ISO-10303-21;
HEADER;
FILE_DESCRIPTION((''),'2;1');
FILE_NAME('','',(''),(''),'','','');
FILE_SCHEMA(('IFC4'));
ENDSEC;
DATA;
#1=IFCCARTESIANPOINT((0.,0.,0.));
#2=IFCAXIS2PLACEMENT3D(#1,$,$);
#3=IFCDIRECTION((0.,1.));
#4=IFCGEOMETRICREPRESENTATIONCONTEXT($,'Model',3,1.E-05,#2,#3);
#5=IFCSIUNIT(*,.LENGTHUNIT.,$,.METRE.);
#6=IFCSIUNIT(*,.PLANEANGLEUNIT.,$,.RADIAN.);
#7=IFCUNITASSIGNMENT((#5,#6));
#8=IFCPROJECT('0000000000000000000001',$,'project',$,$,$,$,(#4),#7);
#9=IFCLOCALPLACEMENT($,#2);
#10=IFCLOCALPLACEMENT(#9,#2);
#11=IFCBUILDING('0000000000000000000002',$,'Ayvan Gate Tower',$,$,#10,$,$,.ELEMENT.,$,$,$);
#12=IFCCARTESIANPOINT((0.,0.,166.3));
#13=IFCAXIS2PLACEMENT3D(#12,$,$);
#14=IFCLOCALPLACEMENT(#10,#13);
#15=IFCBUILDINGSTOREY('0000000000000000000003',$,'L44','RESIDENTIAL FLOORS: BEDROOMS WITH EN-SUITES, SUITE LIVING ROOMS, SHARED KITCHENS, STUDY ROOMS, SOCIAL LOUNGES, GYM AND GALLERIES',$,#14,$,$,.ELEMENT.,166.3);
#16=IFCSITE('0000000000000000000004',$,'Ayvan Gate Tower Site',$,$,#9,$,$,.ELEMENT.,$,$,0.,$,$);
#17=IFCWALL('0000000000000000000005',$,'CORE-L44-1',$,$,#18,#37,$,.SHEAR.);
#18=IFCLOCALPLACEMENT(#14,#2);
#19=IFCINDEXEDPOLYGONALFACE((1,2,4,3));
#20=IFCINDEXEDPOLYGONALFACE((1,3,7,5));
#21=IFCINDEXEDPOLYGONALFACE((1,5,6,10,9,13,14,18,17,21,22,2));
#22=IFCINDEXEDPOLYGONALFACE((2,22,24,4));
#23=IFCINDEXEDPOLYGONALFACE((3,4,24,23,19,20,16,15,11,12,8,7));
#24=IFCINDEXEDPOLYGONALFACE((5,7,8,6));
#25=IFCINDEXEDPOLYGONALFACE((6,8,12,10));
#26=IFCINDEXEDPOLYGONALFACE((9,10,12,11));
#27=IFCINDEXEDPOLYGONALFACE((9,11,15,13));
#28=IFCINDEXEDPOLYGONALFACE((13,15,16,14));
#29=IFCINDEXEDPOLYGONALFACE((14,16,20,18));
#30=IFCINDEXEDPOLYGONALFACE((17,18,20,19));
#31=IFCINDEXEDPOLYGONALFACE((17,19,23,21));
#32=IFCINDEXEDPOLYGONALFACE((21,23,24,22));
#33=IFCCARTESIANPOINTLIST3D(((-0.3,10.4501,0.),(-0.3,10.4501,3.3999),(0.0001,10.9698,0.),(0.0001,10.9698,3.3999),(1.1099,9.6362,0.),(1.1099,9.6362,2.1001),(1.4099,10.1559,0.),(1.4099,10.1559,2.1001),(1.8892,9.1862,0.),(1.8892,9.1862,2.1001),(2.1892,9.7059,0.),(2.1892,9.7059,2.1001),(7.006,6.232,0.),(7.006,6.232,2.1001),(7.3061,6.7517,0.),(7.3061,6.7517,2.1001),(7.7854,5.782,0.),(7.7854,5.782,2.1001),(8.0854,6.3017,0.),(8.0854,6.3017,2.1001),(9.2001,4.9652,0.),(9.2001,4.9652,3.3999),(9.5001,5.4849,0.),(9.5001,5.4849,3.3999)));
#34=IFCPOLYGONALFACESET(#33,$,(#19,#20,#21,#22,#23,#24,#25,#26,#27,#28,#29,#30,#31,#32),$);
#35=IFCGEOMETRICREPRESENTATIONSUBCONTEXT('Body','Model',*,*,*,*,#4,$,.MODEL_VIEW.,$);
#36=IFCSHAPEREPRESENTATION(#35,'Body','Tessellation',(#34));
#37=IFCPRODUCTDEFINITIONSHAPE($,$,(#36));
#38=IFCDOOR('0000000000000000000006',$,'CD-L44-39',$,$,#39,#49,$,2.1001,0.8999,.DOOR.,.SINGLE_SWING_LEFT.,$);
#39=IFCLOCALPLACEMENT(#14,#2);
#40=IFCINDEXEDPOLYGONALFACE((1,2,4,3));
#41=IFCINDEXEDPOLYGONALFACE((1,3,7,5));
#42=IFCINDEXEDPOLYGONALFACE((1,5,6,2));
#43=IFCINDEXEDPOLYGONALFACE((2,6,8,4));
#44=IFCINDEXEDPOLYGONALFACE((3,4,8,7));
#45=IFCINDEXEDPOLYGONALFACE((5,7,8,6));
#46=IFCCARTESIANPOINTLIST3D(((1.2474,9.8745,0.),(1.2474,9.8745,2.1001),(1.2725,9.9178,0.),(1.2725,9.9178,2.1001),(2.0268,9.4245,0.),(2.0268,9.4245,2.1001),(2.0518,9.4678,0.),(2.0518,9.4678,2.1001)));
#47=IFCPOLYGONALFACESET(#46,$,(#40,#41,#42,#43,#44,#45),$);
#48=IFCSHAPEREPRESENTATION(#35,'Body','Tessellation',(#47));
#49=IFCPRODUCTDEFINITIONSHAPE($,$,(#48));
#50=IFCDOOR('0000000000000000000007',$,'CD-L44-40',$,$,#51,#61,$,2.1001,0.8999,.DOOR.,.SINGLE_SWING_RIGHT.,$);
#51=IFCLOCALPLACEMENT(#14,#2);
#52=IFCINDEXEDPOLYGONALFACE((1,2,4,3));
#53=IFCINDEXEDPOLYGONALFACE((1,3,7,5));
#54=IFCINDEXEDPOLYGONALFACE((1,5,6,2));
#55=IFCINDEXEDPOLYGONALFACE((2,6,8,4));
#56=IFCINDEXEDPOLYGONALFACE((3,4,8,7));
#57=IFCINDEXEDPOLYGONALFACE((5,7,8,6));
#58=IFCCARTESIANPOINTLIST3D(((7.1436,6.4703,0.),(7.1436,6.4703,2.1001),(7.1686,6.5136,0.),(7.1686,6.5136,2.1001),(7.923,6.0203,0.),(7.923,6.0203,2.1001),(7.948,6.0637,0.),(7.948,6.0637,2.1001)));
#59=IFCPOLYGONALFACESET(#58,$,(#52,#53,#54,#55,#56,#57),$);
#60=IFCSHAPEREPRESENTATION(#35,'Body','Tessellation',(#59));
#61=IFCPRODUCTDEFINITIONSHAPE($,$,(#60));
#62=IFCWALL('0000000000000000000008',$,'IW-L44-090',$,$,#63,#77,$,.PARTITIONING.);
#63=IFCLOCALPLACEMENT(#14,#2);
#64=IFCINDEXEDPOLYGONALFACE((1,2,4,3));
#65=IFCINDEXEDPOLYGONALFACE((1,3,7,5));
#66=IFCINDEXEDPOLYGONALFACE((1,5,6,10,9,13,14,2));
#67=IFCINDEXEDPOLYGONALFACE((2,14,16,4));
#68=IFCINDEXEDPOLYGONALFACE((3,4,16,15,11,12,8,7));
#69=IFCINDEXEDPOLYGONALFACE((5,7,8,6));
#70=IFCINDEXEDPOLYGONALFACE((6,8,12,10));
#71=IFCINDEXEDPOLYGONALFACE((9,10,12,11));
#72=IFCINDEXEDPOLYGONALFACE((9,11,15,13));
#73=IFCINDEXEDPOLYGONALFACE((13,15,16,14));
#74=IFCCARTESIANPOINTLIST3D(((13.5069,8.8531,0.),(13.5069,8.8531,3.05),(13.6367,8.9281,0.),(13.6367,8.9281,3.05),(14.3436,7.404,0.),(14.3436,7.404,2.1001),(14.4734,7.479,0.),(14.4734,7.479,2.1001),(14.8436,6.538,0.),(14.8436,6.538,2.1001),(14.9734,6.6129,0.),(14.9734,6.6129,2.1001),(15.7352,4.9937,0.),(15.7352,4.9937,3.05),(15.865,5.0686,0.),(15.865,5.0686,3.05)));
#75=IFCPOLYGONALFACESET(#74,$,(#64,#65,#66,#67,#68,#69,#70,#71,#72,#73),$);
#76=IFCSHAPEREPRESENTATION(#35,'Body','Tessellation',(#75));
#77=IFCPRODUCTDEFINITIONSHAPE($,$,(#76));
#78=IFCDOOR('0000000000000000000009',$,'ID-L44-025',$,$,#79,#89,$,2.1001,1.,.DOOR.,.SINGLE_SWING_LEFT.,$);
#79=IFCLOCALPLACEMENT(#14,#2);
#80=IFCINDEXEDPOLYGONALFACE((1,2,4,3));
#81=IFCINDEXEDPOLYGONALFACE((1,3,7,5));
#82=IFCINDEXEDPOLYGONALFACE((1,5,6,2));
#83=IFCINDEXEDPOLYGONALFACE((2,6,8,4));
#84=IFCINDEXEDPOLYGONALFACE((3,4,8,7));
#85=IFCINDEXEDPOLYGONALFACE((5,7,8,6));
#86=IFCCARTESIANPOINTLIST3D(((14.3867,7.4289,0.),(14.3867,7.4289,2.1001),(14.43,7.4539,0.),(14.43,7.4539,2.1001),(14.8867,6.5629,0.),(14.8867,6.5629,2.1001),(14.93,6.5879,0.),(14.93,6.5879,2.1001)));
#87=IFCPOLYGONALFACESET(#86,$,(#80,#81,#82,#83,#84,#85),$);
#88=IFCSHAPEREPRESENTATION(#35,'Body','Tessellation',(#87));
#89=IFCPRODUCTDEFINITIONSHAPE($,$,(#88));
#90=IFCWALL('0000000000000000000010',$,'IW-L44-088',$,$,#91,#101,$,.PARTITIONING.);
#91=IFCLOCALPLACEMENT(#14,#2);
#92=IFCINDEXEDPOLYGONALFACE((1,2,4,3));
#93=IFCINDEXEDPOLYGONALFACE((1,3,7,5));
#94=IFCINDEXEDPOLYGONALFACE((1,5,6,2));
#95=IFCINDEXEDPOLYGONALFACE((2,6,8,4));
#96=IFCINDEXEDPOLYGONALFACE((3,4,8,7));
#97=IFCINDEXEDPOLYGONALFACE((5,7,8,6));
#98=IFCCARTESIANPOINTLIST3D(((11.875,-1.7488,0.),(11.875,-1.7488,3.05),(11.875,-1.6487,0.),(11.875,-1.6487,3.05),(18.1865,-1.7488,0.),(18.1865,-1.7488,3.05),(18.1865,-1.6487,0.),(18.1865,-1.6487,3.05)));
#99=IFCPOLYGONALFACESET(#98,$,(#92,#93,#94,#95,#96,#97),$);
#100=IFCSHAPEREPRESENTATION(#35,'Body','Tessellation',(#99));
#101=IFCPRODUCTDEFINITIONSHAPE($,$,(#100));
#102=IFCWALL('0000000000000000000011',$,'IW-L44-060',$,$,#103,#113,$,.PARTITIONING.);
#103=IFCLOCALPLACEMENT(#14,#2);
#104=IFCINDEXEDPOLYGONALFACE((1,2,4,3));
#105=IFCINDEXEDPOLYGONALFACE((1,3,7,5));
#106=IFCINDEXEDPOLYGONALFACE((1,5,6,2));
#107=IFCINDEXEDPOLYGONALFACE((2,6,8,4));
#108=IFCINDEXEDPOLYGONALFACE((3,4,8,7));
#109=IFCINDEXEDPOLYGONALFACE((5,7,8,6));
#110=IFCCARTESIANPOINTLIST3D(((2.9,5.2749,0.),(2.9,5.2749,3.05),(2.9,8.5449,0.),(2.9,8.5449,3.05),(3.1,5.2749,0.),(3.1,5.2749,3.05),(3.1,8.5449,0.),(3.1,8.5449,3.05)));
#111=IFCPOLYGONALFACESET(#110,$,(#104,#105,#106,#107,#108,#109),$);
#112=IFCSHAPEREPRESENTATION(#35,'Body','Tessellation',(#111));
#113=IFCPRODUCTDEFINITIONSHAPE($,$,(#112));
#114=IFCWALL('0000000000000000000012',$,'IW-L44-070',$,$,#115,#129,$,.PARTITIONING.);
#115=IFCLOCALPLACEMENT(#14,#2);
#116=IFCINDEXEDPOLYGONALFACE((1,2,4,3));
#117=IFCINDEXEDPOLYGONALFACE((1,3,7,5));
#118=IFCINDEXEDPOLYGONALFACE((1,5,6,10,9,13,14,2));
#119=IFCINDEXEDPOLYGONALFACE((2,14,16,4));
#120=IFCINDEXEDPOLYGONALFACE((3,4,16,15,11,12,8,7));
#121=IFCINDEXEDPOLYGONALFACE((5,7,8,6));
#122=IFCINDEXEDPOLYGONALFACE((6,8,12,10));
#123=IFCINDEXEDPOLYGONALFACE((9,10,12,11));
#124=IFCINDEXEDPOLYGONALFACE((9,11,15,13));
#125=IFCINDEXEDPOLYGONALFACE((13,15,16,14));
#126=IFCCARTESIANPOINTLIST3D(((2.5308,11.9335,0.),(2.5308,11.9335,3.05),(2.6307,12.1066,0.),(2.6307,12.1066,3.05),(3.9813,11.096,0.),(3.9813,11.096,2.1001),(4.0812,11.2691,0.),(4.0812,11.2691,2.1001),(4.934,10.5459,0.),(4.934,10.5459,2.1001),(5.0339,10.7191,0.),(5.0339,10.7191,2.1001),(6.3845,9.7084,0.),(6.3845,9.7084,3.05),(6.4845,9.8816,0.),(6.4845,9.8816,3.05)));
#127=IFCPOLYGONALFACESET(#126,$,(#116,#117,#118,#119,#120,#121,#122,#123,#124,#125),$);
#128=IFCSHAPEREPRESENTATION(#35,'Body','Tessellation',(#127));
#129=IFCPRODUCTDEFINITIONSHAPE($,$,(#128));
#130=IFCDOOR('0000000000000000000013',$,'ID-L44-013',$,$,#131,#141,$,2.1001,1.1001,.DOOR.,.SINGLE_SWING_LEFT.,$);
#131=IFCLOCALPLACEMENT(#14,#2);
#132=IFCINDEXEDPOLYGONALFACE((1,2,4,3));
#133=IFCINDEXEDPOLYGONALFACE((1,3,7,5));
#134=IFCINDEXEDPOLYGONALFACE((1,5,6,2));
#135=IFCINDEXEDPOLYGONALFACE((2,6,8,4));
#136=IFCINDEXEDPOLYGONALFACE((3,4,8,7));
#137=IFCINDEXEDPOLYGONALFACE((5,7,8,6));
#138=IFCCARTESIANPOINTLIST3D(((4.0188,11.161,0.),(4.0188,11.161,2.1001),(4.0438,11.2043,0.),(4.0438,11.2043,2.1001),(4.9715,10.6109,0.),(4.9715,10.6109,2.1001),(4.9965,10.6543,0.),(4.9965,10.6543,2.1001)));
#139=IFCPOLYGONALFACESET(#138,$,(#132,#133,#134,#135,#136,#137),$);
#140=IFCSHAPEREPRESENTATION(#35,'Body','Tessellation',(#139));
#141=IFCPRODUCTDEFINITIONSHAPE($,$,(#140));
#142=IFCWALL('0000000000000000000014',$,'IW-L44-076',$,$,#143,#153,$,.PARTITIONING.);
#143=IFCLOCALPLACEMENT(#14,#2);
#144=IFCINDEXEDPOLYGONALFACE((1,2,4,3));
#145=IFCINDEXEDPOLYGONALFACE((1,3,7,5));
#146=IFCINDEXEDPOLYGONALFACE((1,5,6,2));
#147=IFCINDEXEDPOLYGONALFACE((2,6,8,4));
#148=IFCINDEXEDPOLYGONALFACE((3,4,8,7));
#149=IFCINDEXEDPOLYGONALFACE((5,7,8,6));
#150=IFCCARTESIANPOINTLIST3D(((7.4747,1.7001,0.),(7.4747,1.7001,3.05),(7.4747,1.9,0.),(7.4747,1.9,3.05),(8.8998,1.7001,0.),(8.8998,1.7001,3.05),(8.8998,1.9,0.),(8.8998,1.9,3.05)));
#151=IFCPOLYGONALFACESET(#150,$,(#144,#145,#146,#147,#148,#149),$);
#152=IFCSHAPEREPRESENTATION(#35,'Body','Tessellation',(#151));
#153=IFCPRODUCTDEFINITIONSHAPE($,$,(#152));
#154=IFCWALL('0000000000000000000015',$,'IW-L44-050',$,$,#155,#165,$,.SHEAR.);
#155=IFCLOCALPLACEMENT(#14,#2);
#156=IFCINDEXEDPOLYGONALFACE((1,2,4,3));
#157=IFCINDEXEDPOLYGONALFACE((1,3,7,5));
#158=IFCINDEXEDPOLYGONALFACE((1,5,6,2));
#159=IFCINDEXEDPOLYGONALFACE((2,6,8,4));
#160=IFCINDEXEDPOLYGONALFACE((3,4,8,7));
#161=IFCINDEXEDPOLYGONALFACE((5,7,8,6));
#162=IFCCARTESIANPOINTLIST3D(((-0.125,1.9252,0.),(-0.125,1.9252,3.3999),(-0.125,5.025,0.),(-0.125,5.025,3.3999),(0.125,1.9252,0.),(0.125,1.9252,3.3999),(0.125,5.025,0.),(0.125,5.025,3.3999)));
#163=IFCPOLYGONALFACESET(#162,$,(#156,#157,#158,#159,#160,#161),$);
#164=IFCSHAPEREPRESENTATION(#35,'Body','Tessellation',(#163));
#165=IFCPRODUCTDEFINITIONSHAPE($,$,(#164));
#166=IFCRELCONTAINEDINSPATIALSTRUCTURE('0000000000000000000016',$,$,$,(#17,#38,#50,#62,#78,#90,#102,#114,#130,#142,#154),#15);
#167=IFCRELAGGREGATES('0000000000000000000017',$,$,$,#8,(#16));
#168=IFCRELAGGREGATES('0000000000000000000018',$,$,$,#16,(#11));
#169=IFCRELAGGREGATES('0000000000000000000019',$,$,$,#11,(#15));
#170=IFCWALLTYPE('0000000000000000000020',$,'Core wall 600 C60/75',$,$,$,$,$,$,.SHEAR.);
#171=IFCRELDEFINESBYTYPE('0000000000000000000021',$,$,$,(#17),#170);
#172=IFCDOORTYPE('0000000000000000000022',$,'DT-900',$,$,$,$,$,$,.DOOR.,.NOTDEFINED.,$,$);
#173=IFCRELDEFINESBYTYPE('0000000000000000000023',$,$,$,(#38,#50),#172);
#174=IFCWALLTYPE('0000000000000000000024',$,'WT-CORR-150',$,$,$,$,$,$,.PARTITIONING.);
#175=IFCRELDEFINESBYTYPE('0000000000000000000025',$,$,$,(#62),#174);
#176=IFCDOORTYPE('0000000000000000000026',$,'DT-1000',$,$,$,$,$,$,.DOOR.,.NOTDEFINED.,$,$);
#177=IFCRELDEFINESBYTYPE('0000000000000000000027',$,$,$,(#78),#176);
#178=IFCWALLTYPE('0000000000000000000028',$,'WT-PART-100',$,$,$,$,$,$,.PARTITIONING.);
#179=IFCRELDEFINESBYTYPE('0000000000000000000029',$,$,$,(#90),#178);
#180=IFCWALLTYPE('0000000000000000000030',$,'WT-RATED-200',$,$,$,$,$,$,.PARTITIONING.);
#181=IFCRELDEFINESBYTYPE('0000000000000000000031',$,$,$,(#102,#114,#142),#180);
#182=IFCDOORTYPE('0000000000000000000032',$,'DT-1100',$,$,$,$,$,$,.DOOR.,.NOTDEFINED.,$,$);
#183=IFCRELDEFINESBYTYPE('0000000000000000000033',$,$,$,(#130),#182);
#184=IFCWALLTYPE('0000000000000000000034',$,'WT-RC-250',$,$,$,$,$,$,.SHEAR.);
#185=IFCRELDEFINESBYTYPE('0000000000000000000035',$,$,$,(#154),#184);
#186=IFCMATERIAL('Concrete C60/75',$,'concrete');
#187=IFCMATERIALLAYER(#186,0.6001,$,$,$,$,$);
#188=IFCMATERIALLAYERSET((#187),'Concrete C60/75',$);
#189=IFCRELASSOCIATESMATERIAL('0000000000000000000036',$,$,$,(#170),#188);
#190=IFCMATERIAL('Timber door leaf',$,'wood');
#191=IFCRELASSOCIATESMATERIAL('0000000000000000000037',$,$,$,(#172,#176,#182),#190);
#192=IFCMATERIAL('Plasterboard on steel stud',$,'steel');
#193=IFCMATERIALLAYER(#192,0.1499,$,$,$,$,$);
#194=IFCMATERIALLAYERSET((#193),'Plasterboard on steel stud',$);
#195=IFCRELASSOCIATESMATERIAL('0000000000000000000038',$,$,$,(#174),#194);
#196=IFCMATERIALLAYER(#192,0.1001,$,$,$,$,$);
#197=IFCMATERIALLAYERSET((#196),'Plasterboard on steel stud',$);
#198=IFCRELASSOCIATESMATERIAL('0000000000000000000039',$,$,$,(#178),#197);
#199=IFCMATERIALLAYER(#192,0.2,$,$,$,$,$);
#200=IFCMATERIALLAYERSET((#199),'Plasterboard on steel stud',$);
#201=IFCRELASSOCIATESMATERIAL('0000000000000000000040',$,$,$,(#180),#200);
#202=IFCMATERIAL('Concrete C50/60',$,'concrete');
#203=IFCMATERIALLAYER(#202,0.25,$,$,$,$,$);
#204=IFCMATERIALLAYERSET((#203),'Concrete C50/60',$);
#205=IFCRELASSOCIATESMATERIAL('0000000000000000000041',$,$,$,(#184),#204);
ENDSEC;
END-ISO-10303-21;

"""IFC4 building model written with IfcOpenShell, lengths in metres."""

from ifc_helpers import new_model, si_unit, direction, frame, frame_2d, origin, place, context, subcontext, project, spatial, rectangle, extrude, material, layer, layer_set, type_object, element, fill, save


model = new_model("IFC4")

# Units and contexts
model_context = context("Model", 3, precision=1e-05, world=origin(), true_north=direction((0.0, 1.0)))
body_context = subcontext(model_context, "Body", "Model", "MODEL_VIEW")
ifc_project = project(units=[si_unit("LENGTHUNIT", "METRE"), si_unit("PLANEANGLEUNIT", "RADIAN")], contexts=[model_context])

# Site, building, storey
site_placement = place(None, origin())
site = spatial("IfcSite", under=ifc_project, at=site_placement, Name="Ayvan Gate Tower Site", CompositionType="ELEMENT", RefElevation=0.0)
building_placement = place(site_placement, origin())
building = spatial("IfcBuilding", under=site, at=building_placement, Name="Ayvan Gate Tower", CompositionType="ELEMENT")
storey_placement = place(building_placement, frame((0.0, 0.0, 166.3)))
storey = spatial("IfcBuildingStorey", under=building, at=storey_placement, Name="L44", Description="RESIDENTIAL FLOORS: BEDROOMS WITH EN-SUITES, SUITE LIVING ROOMS, SHARED KITCHENS, STUDY ROOMS, SOCIAL LOUNGES, GYM AND GALLERIES", CompositionType="ELEMENT", Elevation=166.3)

# Wall, openings, doors
ifc_material_1 = material(Name="Concrete C60/75", Category="concrete")
ifc_layer_1 = layer(ifc_material_1, 0.6001)
ifc_layer_set_1 = layer_set([ifc_layer_1], Name="Concrete C60/75")
wall_type_1 = type_object("IfcWallType", Name="Core wall 600 C60/75", PredefinedType="SHEAR", material=ifc_layer_set_1)
wall_1_placement = place(storey_placement, frame((9.3501, 5.2251, 0.0), z_axis=(0.0, 0.0, 1.0), x_axis=(-0.866024, 0.500002, 0.0)))
wall_1 = element("IfcWall", 1, at=wall_1_placement, inside=storey, type_object=wall_type_1, Name="CORE-L44-1", PredefinedType="SHEAR", context=body_context, shape_type="SweptSolid", body=[
    extrude(rectangle(XDim=10.9697, YDim=0.6001, at=frame_2d((5.4849, 0.0))), origin(), (0.0, 0.0, 1.0), 3.3999),
])
opening_1_placement = place(wall_1_placement, frame((8.4419, 0.0, 0.0)))
opening_1 = element("IfcOpeningElement", 2, at=opening_1_placement, cuts=wall_1, PredefinedType="OPENING", context=body_context, shape_type="SweptSolid", body=[
    extrude(rectangle(XDim=0.8999, YDim=2.1001, at=frame_2d((0.45, 1.05))), frame((0.0, 0.3101, 0.0), z_axis=(0.0, -1.0, 0.0), x_axis=(1.0, 0.0, 0.0)), (0.0, 0.0, 1.0), 0.6201),
])
opening_2_placement = place(wall_1_placement, frame((1.6335, 0.0, 0.0)))
opening_2 = element("IfcOpeningElement", 3, at=opening_2_placement, cuts=wall_1, PredefinedType="OPENING", context=body_context, shape_type="SweptSolid", body=[
    extrude(rectangle(XDim=0.8999, YDim=2.1001, at=frame_2d((0.45, 1.05))), frame((0.0, 0.3101, 0.0), z_axis=(0.0, -1.0, 0.0), x_axis=(1.0, 0.0, 0.0)), (0.0, 0.0, 1.0), 0.6201),
])
ifc_material_2 = material(Name="Timber door leaf", Category="wood")
door_type_1 = type_object("IfcDoorType", Name="DT-900", OperationType="NOTDEFINED", PredefinedType="DOOR", material=ifc_material_2)
door_1_placement = place(opening_1_placement, origin())
door_1 = element("IfcDoor", 4, at=door_1_placement, inside=storey, type_object=door_type_1, Name="CD-L44-39", OperationType="SINGLE_SWING_LEFT", OverallHeight=2.1001, OverallWidth=0.8999, PredefinedType="DOOR", context=body_context, shape_type="SweptSolid", body=[
    extrude(rectangle(XDim=0.8999, YDim=2.1001, at=frame_2d((0.45, 1.05))), frame((0.0, 0.0249, 0.0), z_axis=(0.0, -1.0, 0.0), x_axis=(1.0, 0.0, 0.0)), (0.0, 0.0, 1.0), 0.05),
])
fill(opening_1, door_1)
door_2_placement = place(opening_2_placement, origin())
door_2 = element("IfcDoor", 5, at=door_2_placement, inside=storey, type_object=door_type_1, Name="CD-L44-40", OperationType="SINGLE_SWING_RIGHT", OverallHeight=2.1001, OverallWidth=0.8999, PredefinedType="DOOR", context=body_context, shape_type="SweptSolid", body=[
    extrude(rectangle(XDim=0.8999, YDim=2.1001, at=frame_2d((0.45, 1.05))), frame((0.0, 0.0249, 0.0), z_axis=(0.0, -1.0, 0.0), x_axis=(1.0, 0.0, 0.0)), (0.0, 0.0, 1.0), 0.05),
])
fill(opening_2, door_2)

# Wall, opening, door
ifc_material_3 = material(Name="Plasterboard on steel stud", Category="steel")
ifc_layer_2 = layer(ifc_material_3, 0.1499)
ifc_layer_set_2 = layer_set([ifc_layer_2], Name="Plasterboard on steel stud")
wall_type_2 = type_object("IfcWallType", Name="WT-CORR-150", PredefinedType="PARTITIONING", material=ifc_layer_set_2)
wall_2_placement = place(storey_placement, frame((13.5718, 8.8906, 0.0), z_axis=(0.0, 0.0, 1.0), x_axis=(0.50001, -0.86602, 0.0)))
wall_2 = element("IfcWall", 6, at=wall_2_placement, inside=storey, type_object=wall_type_2, Name="IW-L44-090", PredefinedType="PARTITIONING", context=body_context, shape_type="SweptSolid", body=[
    extrude(rectangle(XDim=4.4565, YDim=0.1499, at=frame_2d((2.2283, 0.0))), origin(), (0.0, 0.0, 1.0), 3.05),
])
opening_3_placement = place(wall_2_placement, frame((1.6733, 0.0, 0.0)))
opening_3 = element("IfcOpeningElement", 7, at=opening_3_placement, cuts=wall_2, PredefinedType="OPENING", context=body_context, shape_type="SweptSolid", body=[
    extrude(rectangle(XDim=1.0, YDim=2.1001, at=frame_2d((0.5, 1.05))), frame((0.0, 0.085, 0.0), z_axis=(0.0, -1.0, 0.0), x_axis=(1.0, 0.0, 0.0)), (0.0, 0.0, 1.0), 0.1699),
])
door_type_2 = type_object("IfcDoorType", Name="DT-1000", OperationType="NOTDEFINED", PredefinedType="DOOR", material=ifc_material_2)
door_3_placement = place(opening_3_placement, origin())
door_3 = element("IfcDoor", 8, at=door_3_placement, inside=storey, type_object=door_type_2, Name="ID-L44-025", OperationType="SINGLE_SWING_LEFT", OverallHeight=2.1001, OverallWidth=1.0, PredefinedType="DOOR", context=body_context, shape_type="SweptSolid", body=[
    extrude(rectangle(XDim=1.0, YDim=2.1001, at=frame_2d((0.5, 1.05))), frame((0.0, 0.0249, 0.0), z_axis=(0.0, -1.0, 0.0), x_axis=(1.0, 0.0, 0.0)), (0.0, 0.0, 1.0), 0.05),
])
fill(opening_3, door_3)

# Walls
ifc_layer_3 = layer(ifc_material_3, 0.1001)
ifc_layer_set_3 = layer_set([ifc_layer_3], Name="Plasterboard on steel stud")
wall_type_3 = type_object("IfcWallType", Name="WT-PART-100", PredefinedType="PARTITIONING", material=ifc_layer_set_3)
wall_3_placement = place(storey_placement, frame((11.875, -1.6987, 0.0), z_axis=(0.0, 0.0, 1.0), x_axis=(1.0, 0.0, 0.0)))
element("IfcWall", 9, at=wall_3_placement, inside=storey, type_object=wall_type_3, Name="IW-L44-088", PredefinedType="PARTITIONING", context=body_context, shape_type="SweptSolid", body=[
    extrude(rectangle(XDim=6.3115, YDim=0.1001, at=frame_2d((3.1558, 0.0))), origin(), (0.0, 0.0, 1.0), 3.05),
])
ifc_layer_4 = layer(ifc_material_3, 0.2)
ifc_layer_set_4 = layer_set([ifc_layer_4], Name="Plasterboard on steel stud")
wall_type_4 = type_object("IfcWallType", Name="WT-RATED-200", PredefinedType="PARTITIONING", material=ifc_layer_set_4)
wall_4_placement = place(storey_placement, frame((3.0, 8.5449, 0.0), z_axis=(0.0, 0.0, 1.0), x_axis=(0.0, -1.0, 0.0)))
element("IfcWall", 10, at=wall_4_placement, inside=storey, type_object=wall_type_4, Name="IW-L44-060", PredefinedType="PARTITIONING", context=body_context, shape_type="SweptSolid", body=[
    extrude(rectangle(XDim=3.27, YDim=0.2, at=frame_2d((1.635, 0.0))), origin(), (0.0, 0.0, 1.0), 3.05),
])

# Wall, opening, door
wall_5_placement = place(storey_placement, frame((6.4346, 9.7949, 0.0), z_axis=(0.0, 0.0, 1.0), x_axis=(-0.866013, 0.500022, 0.0)))
wall_5 = element("IfcWall", 11, at=wall_5_placement, inside=storey, type_object=wall_type_4, Name="IW-L44-070", PredefinedType="PARTITIONING", context=body_context, shape_type="SweptSolid", body=[
    extrude(rectangle(XDim=4.45, YDim=0.2, at=frame_2d((2.2251, 0.0))), origin(), (0.0, 0.0, 1.0), 3.05),
])
opening_4_placement = place(wall_5_placement, frame((1.675, 0.0, 0.0)))
opening_4 = element("IfcOpeningElement", 12, at=opening_4_placement, cuts=wall_5, PredefinedType="OPENING", context=body_context, shape_type="SweptSolid", body=[
    extrude(rectangle(XDim=1.1001, YDim=2.1001, at=frame_2d((0.55, 1.05))), frame((0.0, 0.1099, 0.0), z_axis=(0.0, -1.0, 0.0), x_axis=(1.0, 0.0, 0.0)), (0.0, 0.0, 1.0), 0.22),
])
door_type_3 = type_object("IfcDoorType", Name="DT-1100", OperationType="NOTDEFINED", PredefinedType="DOOR", material=ifc_material_2)
door_4_placement = place(opening_4_placement, origin())
door_4 = element("IfcDoor", 13, at=door_4_placement, inside=storey, type_object=door_type_3, Name="ID-L44-013", OperationType="SINGLE_SWING_LEFT", OverallHeight=2.1001, OverallWidth=1.1001, PredefinedType="DOOR", context=body_context, shape_type="SweptSolid", body=[
    extrude(rectangle(XDim=1.1001, YDim=2.1001, at=frame_2d((0.55, 1.05))), frame((0.0, 0.0249, 0.0), z_axis=(0.0, -1.0, 0.0), x_axis=(1.0, 0.0, 0.0)), (0.0, 0.0, 1.0), 0.05),
])
fill(opening_4, door_4)

# Walls
wall_6_placement = place(storey_placement, frame((7.4749, 1.8, 0.0), z_axis=(0.0, 0.0, 1.0), x_axis=(1.0, 0.0, 0.0)))
element("IfcWall", 14, at=wall_6_placement, inside=storey, type_object=wall_type_4, Name="IW-L44-076", PredefinedType="PARTITIONING", context=body_context, shape_type="SweptSolid", body=[
    extrude(rectangle(XDim=1.425, YDim=0.2, at=frame_2d((0.7124, 0.0))), origin(), (0.0, 0.0, 1.0), 3.05),
])
ifc_material_4 = material(Name="Concrete C50/60", Category="concrete")
ifc_layer_5 = layer(ifc_material_4, 0.25)
ifc_layer_set_5 = layer_set([ifc_layer_5], Name="Concrete C50/60")
wall_type_5 = type_object("IfcWallType", Name="WT-RC-250", PredefinedType="SHEAR", material=ifc_layer_set_5)
for number, where, z_axis, x_axis, name in (
    (15, (0.0, 5.0249, 0.0), (0.0, 0.0, 1.0), (0.0, -1.0, 0.0), "IW-L44-050"),
):
    element("IfcWall", number, at=place(storey_placement, frame(where, z_axis=z_axis, x_axis=x_axis)), inside=storey, type_object=wall_type_5, Name=name, PredefinedType="SHEAR", context=body_context, shape_type="SweptSolid", body=[
        extrude(rectangle(XDim=3.0999, YDim=0.25, at=frame_2d((1.5498, 0.0))), origin(), (0.0, 0.0, 1.0), 3.3999),
    ])

save(model, "model.ifc")
